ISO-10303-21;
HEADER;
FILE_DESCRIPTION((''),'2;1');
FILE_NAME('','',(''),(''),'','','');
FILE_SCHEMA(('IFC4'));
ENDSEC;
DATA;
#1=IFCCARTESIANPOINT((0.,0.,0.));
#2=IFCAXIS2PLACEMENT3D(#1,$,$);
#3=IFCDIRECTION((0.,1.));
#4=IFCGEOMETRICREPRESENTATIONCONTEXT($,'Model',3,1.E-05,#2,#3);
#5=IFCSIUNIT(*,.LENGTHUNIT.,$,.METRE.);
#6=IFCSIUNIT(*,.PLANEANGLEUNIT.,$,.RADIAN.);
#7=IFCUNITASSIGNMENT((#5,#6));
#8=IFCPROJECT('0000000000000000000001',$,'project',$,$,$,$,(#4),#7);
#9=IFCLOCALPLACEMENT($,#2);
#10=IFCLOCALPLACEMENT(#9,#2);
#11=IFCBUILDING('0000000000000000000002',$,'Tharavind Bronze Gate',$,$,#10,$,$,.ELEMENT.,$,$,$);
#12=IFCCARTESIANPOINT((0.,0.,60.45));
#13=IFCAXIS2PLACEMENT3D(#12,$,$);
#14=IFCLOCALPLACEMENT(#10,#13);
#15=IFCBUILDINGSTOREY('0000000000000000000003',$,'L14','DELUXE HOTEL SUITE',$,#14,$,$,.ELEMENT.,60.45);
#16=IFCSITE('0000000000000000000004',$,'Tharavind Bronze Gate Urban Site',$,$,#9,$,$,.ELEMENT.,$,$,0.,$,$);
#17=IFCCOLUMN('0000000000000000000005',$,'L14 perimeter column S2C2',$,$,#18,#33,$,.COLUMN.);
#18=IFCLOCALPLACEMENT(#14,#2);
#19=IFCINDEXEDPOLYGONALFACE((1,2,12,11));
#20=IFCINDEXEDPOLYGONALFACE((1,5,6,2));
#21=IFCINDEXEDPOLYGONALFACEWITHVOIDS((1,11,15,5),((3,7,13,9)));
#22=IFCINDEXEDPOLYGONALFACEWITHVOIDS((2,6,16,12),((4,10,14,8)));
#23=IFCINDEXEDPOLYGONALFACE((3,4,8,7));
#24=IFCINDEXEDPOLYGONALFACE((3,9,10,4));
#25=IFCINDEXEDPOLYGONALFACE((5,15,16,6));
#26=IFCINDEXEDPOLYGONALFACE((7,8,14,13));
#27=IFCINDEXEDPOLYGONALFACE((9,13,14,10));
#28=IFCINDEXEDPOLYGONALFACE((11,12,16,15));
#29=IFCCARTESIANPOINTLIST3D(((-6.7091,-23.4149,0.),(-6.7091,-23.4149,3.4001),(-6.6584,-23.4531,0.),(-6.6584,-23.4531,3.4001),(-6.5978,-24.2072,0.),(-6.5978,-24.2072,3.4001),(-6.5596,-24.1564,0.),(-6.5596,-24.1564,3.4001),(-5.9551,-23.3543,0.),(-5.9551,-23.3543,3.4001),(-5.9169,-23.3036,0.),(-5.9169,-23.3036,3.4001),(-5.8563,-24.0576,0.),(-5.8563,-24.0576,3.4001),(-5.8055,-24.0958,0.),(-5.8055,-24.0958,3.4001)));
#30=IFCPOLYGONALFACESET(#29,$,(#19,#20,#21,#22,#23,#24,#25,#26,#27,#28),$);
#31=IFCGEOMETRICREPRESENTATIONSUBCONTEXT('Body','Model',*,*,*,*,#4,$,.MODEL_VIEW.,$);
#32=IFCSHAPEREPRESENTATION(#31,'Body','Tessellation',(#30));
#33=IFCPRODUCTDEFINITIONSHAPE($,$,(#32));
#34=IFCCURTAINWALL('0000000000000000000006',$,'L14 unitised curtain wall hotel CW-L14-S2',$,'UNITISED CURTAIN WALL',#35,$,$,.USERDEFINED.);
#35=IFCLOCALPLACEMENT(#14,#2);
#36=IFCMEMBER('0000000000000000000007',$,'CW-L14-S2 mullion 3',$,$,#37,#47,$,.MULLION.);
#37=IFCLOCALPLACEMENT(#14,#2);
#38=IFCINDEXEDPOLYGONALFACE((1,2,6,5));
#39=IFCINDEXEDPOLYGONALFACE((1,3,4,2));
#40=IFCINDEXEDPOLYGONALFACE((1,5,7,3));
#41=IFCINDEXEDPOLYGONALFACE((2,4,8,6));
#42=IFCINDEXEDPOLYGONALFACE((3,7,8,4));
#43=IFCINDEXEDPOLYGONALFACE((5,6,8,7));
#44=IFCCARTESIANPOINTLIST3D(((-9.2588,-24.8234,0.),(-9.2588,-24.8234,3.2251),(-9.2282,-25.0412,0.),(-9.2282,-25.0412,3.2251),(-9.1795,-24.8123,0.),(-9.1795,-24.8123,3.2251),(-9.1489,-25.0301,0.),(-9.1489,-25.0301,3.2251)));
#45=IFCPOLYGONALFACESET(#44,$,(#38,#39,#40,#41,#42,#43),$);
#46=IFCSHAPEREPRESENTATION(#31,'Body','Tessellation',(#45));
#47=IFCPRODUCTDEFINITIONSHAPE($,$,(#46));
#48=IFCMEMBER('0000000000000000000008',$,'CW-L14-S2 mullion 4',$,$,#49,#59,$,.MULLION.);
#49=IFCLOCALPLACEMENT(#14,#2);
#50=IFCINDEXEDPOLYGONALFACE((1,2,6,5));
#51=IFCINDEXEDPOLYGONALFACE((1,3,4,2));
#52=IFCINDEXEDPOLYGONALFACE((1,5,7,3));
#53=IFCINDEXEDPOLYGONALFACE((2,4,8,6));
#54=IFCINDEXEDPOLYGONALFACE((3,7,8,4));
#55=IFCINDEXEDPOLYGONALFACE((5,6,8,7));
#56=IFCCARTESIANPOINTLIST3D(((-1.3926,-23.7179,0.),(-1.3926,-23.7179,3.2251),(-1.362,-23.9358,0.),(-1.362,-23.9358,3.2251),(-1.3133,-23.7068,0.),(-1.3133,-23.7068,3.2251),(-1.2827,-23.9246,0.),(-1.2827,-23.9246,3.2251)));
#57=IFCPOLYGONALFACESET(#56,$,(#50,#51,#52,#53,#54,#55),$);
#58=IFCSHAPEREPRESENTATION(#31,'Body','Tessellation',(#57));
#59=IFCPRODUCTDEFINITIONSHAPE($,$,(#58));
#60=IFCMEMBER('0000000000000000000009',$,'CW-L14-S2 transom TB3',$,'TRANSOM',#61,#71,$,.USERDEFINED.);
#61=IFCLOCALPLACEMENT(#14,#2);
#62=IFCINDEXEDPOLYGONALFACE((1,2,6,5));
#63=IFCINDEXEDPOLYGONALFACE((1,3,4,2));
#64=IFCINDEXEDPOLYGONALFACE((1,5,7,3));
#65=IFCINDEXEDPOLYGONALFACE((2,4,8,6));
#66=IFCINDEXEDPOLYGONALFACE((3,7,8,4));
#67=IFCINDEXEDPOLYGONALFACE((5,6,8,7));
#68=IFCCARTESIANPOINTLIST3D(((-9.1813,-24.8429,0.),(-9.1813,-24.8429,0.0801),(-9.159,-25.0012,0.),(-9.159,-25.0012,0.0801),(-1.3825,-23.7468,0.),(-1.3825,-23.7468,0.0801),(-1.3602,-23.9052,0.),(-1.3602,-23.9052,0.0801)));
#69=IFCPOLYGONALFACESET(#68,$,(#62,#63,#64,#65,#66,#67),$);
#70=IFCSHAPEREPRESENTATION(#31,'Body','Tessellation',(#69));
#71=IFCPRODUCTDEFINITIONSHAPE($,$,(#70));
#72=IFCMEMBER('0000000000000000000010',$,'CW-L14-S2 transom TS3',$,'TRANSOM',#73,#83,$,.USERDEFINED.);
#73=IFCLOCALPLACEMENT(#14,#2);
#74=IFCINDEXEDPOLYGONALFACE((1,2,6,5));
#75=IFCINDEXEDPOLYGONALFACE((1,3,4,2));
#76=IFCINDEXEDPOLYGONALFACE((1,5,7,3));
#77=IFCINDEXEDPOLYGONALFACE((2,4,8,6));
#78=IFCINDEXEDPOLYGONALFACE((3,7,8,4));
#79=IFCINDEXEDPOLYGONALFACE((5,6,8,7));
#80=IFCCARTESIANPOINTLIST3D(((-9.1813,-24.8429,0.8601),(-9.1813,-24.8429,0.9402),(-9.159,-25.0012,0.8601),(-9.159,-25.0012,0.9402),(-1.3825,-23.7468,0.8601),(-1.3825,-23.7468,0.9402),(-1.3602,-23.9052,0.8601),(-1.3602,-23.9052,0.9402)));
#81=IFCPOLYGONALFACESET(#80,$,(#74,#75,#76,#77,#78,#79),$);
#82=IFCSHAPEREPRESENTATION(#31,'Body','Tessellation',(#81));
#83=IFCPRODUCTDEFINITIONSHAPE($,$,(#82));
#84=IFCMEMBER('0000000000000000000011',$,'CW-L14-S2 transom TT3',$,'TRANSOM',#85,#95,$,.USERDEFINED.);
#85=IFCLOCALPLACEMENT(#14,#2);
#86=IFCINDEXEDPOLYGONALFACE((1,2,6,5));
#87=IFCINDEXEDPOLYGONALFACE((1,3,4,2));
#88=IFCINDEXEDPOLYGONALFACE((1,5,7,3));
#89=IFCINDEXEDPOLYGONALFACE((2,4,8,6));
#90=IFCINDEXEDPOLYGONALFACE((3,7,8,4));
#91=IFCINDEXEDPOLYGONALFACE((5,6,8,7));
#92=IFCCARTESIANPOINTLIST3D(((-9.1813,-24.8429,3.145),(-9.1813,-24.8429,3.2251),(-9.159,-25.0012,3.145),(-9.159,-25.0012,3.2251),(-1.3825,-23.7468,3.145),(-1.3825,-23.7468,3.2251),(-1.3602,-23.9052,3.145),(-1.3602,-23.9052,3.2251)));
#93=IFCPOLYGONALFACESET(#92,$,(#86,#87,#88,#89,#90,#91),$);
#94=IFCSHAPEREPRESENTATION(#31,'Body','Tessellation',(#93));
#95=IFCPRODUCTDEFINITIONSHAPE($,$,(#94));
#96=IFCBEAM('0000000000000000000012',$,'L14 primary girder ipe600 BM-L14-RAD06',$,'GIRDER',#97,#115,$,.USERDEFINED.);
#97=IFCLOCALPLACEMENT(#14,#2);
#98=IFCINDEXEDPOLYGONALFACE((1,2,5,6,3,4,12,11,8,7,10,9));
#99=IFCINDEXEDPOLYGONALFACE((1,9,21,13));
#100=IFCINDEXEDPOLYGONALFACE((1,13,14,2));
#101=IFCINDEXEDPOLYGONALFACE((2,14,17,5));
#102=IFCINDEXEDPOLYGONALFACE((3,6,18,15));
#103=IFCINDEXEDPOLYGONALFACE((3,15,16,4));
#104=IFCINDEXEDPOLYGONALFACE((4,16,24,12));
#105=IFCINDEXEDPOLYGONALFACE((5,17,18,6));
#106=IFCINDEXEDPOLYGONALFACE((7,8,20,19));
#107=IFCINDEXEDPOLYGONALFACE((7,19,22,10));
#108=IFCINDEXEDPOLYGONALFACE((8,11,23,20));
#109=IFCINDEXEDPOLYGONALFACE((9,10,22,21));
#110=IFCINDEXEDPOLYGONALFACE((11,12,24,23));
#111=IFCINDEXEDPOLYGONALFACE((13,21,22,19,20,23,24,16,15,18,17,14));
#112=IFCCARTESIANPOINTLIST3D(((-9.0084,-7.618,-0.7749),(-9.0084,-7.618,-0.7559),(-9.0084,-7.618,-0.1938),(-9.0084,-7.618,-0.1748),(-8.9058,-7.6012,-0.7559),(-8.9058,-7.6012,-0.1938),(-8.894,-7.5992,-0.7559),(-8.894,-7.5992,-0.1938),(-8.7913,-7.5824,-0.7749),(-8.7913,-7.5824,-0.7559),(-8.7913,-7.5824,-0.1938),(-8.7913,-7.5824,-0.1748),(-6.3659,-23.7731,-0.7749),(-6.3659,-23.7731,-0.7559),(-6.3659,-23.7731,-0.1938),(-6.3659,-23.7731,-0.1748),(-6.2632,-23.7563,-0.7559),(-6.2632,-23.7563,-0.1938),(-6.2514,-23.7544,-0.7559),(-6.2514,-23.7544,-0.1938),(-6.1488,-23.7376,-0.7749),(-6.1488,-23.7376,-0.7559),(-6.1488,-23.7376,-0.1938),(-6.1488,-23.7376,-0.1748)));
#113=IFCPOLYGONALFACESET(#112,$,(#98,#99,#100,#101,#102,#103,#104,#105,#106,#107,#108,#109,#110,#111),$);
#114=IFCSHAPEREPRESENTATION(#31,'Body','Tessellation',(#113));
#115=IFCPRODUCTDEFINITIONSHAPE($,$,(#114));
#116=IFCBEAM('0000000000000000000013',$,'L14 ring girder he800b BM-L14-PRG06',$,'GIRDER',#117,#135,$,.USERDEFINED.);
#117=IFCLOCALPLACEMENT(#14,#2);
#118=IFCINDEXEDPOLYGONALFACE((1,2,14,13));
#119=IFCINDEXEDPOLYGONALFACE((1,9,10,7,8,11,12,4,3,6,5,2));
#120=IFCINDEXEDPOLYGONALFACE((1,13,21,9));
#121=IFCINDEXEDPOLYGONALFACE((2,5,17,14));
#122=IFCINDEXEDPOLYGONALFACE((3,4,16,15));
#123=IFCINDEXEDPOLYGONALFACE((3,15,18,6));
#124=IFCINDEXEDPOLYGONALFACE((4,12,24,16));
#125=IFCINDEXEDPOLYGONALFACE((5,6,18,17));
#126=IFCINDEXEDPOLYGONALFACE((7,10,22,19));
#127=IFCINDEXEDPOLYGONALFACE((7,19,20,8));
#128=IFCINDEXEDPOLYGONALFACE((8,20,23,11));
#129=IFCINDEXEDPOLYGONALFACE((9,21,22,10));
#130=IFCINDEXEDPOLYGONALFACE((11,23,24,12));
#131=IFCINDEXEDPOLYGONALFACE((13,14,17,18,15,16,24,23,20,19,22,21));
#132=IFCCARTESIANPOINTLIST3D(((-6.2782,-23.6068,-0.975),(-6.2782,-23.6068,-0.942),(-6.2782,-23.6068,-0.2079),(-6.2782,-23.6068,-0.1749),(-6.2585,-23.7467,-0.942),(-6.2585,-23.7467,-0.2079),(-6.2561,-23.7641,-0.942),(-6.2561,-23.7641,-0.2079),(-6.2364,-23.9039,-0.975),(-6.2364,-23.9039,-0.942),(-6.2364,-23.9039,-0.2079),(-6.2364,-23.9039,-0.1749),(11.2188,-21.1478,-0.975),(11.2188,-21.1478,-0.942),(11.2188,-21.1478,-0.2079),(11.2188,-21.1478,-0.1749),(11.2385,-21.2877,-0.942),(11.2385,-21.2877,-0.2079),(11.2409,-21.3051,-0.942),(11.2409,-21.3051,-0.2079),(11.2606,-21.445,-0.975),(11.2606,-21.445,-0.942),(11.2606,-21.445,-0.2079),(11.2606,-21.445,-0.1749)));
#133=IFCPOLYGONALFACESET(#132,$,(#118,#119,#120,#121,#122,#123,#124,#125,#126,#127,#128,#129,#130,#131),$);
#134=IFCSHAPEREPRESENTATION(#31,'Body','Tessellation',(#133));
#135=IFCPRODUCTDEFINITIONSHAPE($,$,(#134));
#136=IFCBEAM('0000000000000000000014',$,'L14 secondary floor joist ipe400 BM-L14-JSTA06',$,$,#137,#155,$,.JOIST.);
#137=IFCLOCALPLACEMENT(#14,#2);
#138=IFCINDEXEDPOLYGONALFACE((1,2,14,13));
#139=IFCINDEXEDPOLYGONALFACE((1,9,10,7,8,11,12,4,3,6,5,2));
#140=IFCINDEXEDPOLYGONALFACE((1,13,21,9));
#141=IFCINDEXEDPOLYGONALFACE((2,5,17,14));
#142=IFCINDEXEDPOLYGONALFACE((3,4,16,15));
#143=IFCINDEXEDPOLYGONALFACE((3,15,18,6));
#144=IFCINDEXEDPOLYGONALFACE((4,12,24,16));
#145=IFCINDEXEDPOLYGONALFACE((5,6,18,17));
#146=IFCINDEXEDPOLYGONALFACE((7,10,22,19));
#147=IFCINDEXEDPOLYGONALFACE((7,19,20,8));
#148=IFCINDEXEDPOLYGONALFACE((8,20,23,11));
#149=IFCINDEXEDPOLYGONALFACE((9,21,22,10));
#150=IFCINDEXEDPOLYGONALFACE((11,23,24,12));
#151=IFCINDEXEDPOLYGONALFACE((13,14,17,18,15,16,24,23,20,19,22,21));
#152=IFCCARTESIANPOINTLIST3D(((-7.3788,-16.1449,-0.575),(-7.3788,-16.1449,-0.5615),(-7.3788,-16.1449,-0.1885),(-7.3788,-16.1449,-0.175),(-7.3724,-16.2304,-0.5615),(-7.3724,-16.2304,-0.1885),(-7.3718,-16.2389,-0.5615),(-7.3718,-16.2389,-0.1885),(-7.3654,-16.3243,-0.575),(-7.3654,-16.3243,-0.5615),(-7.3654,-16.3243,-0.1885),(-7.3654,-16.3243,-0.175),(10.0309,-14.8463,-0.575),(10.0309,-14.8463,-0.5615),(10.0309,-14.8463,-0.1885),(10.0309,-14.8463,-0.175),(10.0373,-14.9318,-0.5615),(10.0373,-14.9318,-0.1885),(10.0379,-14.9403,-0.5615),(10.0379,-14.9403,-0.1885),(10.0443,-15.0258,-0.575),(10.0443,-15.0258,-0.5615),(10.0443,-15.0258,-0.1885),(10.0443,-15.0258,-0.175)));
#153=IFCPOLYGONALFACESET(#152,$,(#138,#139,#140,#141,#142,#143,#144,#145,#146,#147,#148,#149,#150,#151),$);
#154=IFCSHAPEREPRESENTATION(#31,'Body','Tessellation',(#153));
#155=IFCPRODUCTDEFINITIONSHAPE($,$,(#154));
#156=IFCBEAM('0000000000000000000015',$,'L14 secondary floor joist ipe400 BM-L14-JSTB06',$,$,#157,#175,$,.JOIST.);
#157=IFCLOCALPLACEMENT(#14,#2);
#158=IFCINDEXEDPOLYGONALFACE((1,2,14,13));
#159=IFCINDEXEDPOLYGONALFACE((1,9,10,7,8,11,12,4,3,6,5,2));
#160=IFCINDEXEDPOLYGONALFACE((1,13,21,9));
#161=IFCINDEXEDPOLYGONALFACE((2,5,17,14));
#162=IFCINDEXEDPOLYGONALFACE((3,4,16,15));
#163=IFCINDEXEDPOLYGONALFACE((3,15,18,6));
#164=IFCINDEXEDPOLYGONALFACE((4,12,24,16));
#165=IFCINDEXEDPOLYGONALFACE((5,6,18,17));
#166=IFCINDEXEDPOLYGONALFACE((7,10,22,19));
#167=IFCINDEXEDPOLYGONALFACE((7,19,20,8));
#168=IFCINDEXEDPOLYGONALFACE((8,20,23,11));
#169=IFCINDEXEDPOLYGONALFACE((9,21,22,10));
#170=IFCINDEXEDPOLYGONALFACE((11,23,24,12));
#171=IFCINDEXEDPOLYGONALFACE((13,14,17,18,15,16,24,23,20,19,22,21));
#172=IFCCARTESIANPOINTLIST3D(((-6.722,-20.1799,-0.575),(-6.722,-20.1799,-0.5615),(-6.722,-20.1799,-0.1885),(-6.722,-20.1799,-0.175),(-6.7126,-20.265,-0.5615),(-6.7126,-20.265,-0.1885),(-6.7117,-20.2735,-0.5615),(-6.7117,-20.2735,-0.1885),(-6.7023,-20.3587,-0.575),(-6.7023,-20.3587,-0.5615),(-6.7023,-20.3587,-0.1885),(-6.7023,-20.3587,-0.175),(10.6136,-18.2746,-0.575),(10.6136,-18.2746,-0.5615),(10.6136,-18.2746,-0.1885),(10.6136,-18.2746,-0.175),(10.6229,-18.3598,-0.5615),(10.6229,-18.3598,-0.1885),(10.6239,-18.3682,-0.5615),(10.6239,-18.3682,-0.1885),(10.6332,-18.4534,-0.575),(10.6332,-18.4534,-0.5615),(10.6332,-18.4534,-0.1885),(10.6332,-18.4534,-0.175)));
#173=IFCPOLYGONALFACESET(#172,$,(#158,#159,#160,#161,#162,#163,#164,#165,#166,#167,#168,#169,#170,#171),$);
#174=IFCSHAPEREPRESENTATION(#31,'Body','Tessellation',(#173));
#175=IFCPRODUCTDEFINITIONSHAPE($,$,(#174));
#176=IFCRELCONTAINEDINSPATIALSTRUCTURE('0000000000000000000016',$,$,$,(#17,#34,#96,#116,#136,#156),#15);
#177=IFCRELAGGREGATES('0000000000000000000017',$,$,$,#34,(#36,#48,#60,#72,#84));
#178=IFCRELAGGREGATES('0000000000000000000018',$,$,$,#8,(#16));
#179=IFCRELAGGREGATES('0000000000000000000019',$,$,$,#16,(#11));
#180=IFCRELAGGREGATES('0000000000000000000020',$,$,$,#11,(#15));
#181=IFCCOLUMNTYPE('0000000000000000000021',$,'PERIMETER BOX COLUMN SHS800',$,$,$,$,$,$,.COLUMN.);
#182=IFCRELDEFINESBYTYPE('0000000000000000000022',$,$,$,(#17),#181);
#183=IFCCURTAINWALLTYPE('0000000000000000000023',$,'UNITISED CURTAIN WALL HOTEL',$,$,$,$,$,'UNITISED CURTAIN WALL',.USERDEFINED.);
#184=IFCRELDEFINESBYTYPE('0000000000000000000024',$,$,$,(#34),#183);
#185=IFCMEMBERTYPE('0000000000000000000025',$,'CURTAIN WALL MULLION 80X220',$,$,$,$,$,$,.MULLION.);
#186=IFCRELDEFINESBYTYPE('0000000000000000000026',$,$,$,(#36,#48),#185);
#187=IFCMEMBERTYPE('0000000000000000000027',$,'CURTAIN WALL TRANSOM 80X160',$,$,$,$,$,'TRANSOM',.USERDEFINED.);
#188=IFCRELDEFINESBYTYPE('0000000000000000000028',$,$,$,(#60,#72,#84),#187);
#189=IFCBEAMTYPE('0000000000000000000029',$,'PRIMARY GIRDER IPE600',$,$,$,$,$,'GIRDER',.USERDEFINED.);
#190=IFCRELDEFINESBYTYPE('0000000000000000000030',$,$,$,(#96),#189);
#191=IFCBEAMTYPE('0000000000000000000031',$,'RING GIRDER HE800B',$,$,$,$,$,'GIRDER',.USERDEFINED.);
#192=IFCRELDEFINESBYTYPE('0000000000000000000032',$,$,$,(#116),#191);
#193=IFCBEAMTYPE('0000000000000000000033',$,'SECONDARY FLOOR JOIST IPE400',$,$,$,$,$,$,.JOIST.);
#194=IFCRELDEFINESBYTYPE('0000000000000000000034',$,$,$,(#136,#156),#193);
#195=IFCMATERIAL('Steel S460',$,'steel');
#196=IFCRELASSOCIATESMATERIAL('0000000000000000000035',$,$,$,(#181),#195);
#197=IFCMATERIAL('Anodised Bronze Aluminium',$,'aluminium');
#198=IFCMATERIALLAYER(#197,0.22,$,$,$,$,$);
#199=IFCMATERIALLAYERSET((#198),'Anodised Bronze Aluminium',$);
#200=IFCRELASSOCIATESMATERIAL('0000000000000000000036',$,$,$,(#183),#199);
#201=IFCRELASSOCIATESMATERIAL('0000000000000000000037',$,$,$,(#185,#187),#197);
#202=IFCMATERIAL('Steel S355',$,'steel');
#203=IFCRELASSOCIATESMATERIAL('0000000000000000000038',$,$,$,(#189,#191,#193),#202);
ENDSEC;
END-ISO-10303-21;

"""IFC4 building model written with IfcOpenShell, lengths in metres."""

from ifc_helpers import new_model, si_unit, direction, frame, origin, origin_2d, place, context, subcontext, project, spatial, rectangle, hollow_rectangle, i_section, extrude, material, layer, layer_set, material_profile, profile_set, type_object, element, aggregate, save


model = new_model("IFC4")

# Units and contexts
model_context = context("Model", 3, precision=1e-05, world=origin(), true_north=direction((0.0, 1.0)))
body_context = subcontext(model_context, "Body", "Model", "MODEL_VIEW")
ifc_project = project(units=[si_unit("LENGTHUNIT", "METRE"), si_unit("PLANEANGLEUNIT", "RADIAN")], contexts=[model_context])

# Site, building, storey
site_placement = place(None, origin())
site = spatial("IfcSite", under=ifc_project, at=site_placement, Name="Tharavind Bronze Gate Urban Site", CompositionType="ELEMENT", RefElevation=0.0)
building_placement = place(site_placement, origin())
building = spatial("IfcBuilding", under=site, at=building_placement, Name="Tharavind Bronze Gate", CompositionType="ELEMENT")
storey_placement = place(building_placement, frame((0.0, 0.0, 60.45)))
storey = spatial("IfcBuildingStorey", under=building, at=storey_placement, Name="L14", Description="DELUXE HOTEL SUITE", CompositionType="ELEMENT", Elevation=60.45)

# Column
ifc_material_1 = material(Name="Steel S460", Category="steel")
ifc_material_profile_1 = material_profile(ifc_material_1, hollow_rectangle(XDim=0.8, YDim=0.8, WallThickness=0.0449, at=origin_2d()), Name="SHS800X45")
ifc_profile_set_1 = profile_set([ifc_material_profile_1], Name="Steel S460")
column_type = type_object("IfcColumnType", Name="PERIMETER BOX COLUMN SHS800", PredefinedType="COLUMN", material=ifc_profile_set_1)
column_placement = place(storey_placement, frame((-6.2573, -23.7554, 0.0), z_axis=(0.0, 0.0, 1.0), x_axis=(0.990268, 0.139173, 0.0)))
element("IfcColumn", 1, at=column_placement, inside=storey, type_object=column_type, Name="L14 perimeter column S2C2", PredefinedType="COLUMN", context=body_context, shape_type="SweptSolid", body=[
    extrude(hollow_rectangle(XDim=0.8, YDim=0.8, WallThickness=0.0449, at=origin_2d()), origin(), (0.0, 0.0, 1.0), 3.4001),
])

# Curtain wall, members
ifc_material_2 = material(Name="Anodised Bronze Aluminium", Category="aluminium")
ifc_layer_1 = layer(ifc_material_2, 0.22)
ifc_layer_set_1 = layer_set([ifc_layer_1], Name="Anodised Bronze Aluminium")
curtain_wall_type = type_object("IfcCurtainWallType", Name="UNITISED CURTAIN WALL HOTEL", ElementType="UNITISED CURTAIN WALL", PredefinedType="USERDEFINED", material=ifc_layer_set_1)
curtain_wall_placement = place(storey_placement, origin())
curtain_wall = element("IfcCurtainWall", 2, at=curtain_wall_placement, inside=storey, type_object=curtain_wall_type, Name="L14 unitised curtain wall hotel CW-L14-S2", ObjectType="UNITISED CURTAIN WALL", PredefinedType="USERDEFINED")
member_type_1 = type_object("IfcMemberType", Name="CURTAIN WALL MULLION 80X220", PredefinedType="MULLION", material=ifc_material_2)
member_1_placement = place(storey_placement, frame((-9.2039, -24.9268, 0.0), z_axis=(0.0, 0.0, 1.0), x_axis=(0.990268, 0.139173, 0.0)))
member_1 = element("IfcMember", 3, at=member_1_placement, type_object=member_type_1, Name="CW-L14-S2 mullion 3", PredefinedType="MULLION", context=body_context, shape_type="SweptSolid", body=[
    extrude(rectangle(XDim=0.0801, YDim=0.22, at=origin_2d()), origin(), (0.0, 0.0, 1.0), 3.2251),
])
member_2_placement = place(storey_placement, frame((-1.3376, -23.8213, 0.0), z_axis=(0.0, 0.0, 1.0), x_axis=(0.990268, 0.139173, 0.0)))
member_2 = element("IfcMember", 4, at=member_2_placement, type_object=member_type_1, Name="CW-L14-S2 mullion 4", PredefinedType="MULLION", context=body_context, shape_type="SweptSolid", body=[
    extrude(rectangle(XDim=0.0801, YDim=0.22, at=origin_2d()), origin(), (0.0, 0.0, 1.0), 3.2251),
])
member_type_2 = type_object("IfcMemberType", Name="CURTAIN WALL TRANSOM 80X160", ElementType="TRANSOM", PredefinedType="USERDEFINED", material=ifc_material_2)
member_3_placement = place(storey_placement, frame((-5.2708, -24.374, 0.0), z_axis=(0.0, 0.0, 1.0), x_axis=(0.990268, 0.139173, 0.0)))
member_3 = element("IfcMember", 5, at=member_3_placement, type_object=member_type_2, Name="CW-L14-S2 transom TB3", ObjectType="TRANSOM", PredefinedType="USERDEFINED", context=body_context, shape_type="SweptSolid", body=[
    extrude(rectangle(XDim=7.8755, YDim=0.1599, at=origin_2d()), origin(), (0.0, 0.0, 1.0), 0.0801),
])
member_4_placement = place(storey_placement, frame((-5.2708, -24.374, 0.8601), z_axis=(0.0, 0.0, 1.0), x_axis=(0.990268, 0.139173, 0.0)))
member_4 = element("IfcMember", 6, at=member_4_placement, type_object=member_type_2, Name="CW-L14-S2 transom TS3", ObjectType="TRANSOM", PredefinedType="USERDEFINED", context=body_context, shape_type="SweptSolid", body=[
    extrude(rectangle(XDim=7.8755, YDim=0.1599, at=origin_2d()), origin(), (0.0, 0.0, 1.0), 0.0801),
])
member_5_placement = place(storey_placement, frame((-5.2708, -24.374, 3.145), z_axis=(0.0, 0.0, 1.0), x_axis=(0.990268, 0.139173, 0.0)))
member_5 = element("IfcMember", 7, at=member_5_placement, type_object=member_type_2, Name="CW-L14-S2 transom TT3", ObjectType="TRANSOM", PredefinedType="USERDEFINED", context=body_context, shape_type="SweptSolid", body=[
    extrude(rectangle(XDim=7.8755, YDim=0.1599, at=origin_2d()), origin(), (0.0, 0.0, 1.0), 0.0801),
])

# Beams
ifc_material_3 = material(Name="Steel S355", Category="steel")
ifc_material_profile_2 = material_profile(ifc_material_3, i_section(OverallWidth=0.22, OverallDepth=0.6001, WebThickness=0.012, FlangeThickness=0.019, at=origin_2d()), Name="IPE600")
ifc_profile_set_2 = profile_set([ifc_material_profile_2], Name="Steel S355")
beam_type_1 = type_object("IfcBeamType", Name="PRIMARY GIRDER IPE600", ElementType="GIRDER", PredefinedType="USERDEFINED", material=ifc_profile_set_2)
beam_1_placement = place(storey_placement, frame((-6.2573, -23.7554, -0.4749), z_axis=(-0.161428, 0.986884, 0.0), x_axis=(-0.986884, -0.161428, 0.0)))
element("IfcBeam", 8, at=beam_1_placement, inside=storey, type_object=beam_type_1, Name="L14 primary girder ipe600 BM-L14-RAD06", ObjectType="GIRDER", PredefinedType="USERDEFINED", context=body_context, shape_type="SweptSolid", body=[
    extrude(i_section(OverallWidth=0.22, OverallDepth=0.6001, WebThickness=0.012, FlangeThickness=0.019, at=origin_2d()), origin(), (0.0, 0.0, 1.0), 16.3699),
])
ifc_material_profile_3 = material_profile(ifc_material_3, i_section(OverallWidth=0.3, OverallDepth=0.8, WebThickness=0.0176, FlangeThickness=0.033, at=origin_2d()), Name="HE800B")
ifc_profile_set_3 = profile_set([ifc_material_profile_3], Name="Steel S355")
beam_type_2 = type_object("IfcBeamType", Name="RING GIRDER HE800B", ElementType="GIRDER", PredefinedType="USERDEFINED", material=ifc_profile_set_3)
beam_2_placement = place(storey_placement, frame((-6.2573, -23.7554, -0.575), z_axis=(0.990269, 0.139169, 0.0), x_axis=(-0.139169, 0.990269, 0.0)))
element("IfcBeam", 9, at=beam_2_placement, inside=storey, type_object=beam_type_2, Name="L14 ring girder he800b BM-L14-PRG06", ObjectType="GIRDER", PredefinedType="USERDEFINED", context=body_context, shape_type="SweptSolid", body=[
    extrude(i_section(OverallWidth=0.3, OverallDepth=0.8, WebThickness=0.0176, FlangeThickness=0.033, at=origin_2d()), origin(), (0.0, 0.0, 1.0), 17.6689),
])
ifc_material_profile_4 = material_profile(ifc_material_3, i_section(OverallWidth=0.1799, OverallDepth=0.3999, WebThickness=0.0085, FlangeThickness=0.0134, at=origin_2d()), Name="IPE400")
ifc_profile_set_4 = profile_set([ifc_material_profile_4], Name="Steel S355")
beam_type_3 = type_object("IfcBeamType", Name="SECONDARY FLOOR JOIST IPE400", PredefinedType="JOIST", material=ifc_profile_set_4)
beam_3_placement = place(storey_placement, frame((-7.3721, -16.2346, -0.375), z_axis=(0.99723, 0.074383, 0.0), x_axis=(-0.074383, 0.99723, 0.0)))
element("IfcBeam", 10, at=beam_3_placement, inside=storey, type_object=beam_type_3, Name="L14 secondary floor joist ipe400 BM-L14-JSTA06", PredefinedType="JOIST", context=body_context, shape_type="SweptSolid", body=[
    extrude(i_section(OverallWidth=0.1799, OverallDepth=0.3999, WebThickness=0.0085, FlangeThickness=0.0134, at=origin_2d()), origin(), (0.0, 0.0, 1.0), 17.458),
])
beam_4_placement = place(storey_placement, frame((-6.7122, -20.2693, -0.375), z_axis=(0.994014, 0.109248, 0.0), x_axis=(-0.109248, 0.994014, 0.0)))
element("IfcBeam", 11, at=beam_4_placement, inside=storey, type_object=beam_type_3, Name="L14 secondary floor joist ipe400 BM-L14-JSTB06", PredefinedType="JOIST", context=body_context, shape_type="SweptSolid", body=[
    extrude(i_section(OverallWidth=0.1799, OverallDepth=0.3999, WebThickness=0.0085, FlangeThickness=0.0134, at=origin_2d()), origin(), (0.0, 0.0, 1.0), 17.4399),
])

aggregate(curtain_wall, [member_1, member_2, member_3, member_4, member_5])

save(model, "model.ifc")
